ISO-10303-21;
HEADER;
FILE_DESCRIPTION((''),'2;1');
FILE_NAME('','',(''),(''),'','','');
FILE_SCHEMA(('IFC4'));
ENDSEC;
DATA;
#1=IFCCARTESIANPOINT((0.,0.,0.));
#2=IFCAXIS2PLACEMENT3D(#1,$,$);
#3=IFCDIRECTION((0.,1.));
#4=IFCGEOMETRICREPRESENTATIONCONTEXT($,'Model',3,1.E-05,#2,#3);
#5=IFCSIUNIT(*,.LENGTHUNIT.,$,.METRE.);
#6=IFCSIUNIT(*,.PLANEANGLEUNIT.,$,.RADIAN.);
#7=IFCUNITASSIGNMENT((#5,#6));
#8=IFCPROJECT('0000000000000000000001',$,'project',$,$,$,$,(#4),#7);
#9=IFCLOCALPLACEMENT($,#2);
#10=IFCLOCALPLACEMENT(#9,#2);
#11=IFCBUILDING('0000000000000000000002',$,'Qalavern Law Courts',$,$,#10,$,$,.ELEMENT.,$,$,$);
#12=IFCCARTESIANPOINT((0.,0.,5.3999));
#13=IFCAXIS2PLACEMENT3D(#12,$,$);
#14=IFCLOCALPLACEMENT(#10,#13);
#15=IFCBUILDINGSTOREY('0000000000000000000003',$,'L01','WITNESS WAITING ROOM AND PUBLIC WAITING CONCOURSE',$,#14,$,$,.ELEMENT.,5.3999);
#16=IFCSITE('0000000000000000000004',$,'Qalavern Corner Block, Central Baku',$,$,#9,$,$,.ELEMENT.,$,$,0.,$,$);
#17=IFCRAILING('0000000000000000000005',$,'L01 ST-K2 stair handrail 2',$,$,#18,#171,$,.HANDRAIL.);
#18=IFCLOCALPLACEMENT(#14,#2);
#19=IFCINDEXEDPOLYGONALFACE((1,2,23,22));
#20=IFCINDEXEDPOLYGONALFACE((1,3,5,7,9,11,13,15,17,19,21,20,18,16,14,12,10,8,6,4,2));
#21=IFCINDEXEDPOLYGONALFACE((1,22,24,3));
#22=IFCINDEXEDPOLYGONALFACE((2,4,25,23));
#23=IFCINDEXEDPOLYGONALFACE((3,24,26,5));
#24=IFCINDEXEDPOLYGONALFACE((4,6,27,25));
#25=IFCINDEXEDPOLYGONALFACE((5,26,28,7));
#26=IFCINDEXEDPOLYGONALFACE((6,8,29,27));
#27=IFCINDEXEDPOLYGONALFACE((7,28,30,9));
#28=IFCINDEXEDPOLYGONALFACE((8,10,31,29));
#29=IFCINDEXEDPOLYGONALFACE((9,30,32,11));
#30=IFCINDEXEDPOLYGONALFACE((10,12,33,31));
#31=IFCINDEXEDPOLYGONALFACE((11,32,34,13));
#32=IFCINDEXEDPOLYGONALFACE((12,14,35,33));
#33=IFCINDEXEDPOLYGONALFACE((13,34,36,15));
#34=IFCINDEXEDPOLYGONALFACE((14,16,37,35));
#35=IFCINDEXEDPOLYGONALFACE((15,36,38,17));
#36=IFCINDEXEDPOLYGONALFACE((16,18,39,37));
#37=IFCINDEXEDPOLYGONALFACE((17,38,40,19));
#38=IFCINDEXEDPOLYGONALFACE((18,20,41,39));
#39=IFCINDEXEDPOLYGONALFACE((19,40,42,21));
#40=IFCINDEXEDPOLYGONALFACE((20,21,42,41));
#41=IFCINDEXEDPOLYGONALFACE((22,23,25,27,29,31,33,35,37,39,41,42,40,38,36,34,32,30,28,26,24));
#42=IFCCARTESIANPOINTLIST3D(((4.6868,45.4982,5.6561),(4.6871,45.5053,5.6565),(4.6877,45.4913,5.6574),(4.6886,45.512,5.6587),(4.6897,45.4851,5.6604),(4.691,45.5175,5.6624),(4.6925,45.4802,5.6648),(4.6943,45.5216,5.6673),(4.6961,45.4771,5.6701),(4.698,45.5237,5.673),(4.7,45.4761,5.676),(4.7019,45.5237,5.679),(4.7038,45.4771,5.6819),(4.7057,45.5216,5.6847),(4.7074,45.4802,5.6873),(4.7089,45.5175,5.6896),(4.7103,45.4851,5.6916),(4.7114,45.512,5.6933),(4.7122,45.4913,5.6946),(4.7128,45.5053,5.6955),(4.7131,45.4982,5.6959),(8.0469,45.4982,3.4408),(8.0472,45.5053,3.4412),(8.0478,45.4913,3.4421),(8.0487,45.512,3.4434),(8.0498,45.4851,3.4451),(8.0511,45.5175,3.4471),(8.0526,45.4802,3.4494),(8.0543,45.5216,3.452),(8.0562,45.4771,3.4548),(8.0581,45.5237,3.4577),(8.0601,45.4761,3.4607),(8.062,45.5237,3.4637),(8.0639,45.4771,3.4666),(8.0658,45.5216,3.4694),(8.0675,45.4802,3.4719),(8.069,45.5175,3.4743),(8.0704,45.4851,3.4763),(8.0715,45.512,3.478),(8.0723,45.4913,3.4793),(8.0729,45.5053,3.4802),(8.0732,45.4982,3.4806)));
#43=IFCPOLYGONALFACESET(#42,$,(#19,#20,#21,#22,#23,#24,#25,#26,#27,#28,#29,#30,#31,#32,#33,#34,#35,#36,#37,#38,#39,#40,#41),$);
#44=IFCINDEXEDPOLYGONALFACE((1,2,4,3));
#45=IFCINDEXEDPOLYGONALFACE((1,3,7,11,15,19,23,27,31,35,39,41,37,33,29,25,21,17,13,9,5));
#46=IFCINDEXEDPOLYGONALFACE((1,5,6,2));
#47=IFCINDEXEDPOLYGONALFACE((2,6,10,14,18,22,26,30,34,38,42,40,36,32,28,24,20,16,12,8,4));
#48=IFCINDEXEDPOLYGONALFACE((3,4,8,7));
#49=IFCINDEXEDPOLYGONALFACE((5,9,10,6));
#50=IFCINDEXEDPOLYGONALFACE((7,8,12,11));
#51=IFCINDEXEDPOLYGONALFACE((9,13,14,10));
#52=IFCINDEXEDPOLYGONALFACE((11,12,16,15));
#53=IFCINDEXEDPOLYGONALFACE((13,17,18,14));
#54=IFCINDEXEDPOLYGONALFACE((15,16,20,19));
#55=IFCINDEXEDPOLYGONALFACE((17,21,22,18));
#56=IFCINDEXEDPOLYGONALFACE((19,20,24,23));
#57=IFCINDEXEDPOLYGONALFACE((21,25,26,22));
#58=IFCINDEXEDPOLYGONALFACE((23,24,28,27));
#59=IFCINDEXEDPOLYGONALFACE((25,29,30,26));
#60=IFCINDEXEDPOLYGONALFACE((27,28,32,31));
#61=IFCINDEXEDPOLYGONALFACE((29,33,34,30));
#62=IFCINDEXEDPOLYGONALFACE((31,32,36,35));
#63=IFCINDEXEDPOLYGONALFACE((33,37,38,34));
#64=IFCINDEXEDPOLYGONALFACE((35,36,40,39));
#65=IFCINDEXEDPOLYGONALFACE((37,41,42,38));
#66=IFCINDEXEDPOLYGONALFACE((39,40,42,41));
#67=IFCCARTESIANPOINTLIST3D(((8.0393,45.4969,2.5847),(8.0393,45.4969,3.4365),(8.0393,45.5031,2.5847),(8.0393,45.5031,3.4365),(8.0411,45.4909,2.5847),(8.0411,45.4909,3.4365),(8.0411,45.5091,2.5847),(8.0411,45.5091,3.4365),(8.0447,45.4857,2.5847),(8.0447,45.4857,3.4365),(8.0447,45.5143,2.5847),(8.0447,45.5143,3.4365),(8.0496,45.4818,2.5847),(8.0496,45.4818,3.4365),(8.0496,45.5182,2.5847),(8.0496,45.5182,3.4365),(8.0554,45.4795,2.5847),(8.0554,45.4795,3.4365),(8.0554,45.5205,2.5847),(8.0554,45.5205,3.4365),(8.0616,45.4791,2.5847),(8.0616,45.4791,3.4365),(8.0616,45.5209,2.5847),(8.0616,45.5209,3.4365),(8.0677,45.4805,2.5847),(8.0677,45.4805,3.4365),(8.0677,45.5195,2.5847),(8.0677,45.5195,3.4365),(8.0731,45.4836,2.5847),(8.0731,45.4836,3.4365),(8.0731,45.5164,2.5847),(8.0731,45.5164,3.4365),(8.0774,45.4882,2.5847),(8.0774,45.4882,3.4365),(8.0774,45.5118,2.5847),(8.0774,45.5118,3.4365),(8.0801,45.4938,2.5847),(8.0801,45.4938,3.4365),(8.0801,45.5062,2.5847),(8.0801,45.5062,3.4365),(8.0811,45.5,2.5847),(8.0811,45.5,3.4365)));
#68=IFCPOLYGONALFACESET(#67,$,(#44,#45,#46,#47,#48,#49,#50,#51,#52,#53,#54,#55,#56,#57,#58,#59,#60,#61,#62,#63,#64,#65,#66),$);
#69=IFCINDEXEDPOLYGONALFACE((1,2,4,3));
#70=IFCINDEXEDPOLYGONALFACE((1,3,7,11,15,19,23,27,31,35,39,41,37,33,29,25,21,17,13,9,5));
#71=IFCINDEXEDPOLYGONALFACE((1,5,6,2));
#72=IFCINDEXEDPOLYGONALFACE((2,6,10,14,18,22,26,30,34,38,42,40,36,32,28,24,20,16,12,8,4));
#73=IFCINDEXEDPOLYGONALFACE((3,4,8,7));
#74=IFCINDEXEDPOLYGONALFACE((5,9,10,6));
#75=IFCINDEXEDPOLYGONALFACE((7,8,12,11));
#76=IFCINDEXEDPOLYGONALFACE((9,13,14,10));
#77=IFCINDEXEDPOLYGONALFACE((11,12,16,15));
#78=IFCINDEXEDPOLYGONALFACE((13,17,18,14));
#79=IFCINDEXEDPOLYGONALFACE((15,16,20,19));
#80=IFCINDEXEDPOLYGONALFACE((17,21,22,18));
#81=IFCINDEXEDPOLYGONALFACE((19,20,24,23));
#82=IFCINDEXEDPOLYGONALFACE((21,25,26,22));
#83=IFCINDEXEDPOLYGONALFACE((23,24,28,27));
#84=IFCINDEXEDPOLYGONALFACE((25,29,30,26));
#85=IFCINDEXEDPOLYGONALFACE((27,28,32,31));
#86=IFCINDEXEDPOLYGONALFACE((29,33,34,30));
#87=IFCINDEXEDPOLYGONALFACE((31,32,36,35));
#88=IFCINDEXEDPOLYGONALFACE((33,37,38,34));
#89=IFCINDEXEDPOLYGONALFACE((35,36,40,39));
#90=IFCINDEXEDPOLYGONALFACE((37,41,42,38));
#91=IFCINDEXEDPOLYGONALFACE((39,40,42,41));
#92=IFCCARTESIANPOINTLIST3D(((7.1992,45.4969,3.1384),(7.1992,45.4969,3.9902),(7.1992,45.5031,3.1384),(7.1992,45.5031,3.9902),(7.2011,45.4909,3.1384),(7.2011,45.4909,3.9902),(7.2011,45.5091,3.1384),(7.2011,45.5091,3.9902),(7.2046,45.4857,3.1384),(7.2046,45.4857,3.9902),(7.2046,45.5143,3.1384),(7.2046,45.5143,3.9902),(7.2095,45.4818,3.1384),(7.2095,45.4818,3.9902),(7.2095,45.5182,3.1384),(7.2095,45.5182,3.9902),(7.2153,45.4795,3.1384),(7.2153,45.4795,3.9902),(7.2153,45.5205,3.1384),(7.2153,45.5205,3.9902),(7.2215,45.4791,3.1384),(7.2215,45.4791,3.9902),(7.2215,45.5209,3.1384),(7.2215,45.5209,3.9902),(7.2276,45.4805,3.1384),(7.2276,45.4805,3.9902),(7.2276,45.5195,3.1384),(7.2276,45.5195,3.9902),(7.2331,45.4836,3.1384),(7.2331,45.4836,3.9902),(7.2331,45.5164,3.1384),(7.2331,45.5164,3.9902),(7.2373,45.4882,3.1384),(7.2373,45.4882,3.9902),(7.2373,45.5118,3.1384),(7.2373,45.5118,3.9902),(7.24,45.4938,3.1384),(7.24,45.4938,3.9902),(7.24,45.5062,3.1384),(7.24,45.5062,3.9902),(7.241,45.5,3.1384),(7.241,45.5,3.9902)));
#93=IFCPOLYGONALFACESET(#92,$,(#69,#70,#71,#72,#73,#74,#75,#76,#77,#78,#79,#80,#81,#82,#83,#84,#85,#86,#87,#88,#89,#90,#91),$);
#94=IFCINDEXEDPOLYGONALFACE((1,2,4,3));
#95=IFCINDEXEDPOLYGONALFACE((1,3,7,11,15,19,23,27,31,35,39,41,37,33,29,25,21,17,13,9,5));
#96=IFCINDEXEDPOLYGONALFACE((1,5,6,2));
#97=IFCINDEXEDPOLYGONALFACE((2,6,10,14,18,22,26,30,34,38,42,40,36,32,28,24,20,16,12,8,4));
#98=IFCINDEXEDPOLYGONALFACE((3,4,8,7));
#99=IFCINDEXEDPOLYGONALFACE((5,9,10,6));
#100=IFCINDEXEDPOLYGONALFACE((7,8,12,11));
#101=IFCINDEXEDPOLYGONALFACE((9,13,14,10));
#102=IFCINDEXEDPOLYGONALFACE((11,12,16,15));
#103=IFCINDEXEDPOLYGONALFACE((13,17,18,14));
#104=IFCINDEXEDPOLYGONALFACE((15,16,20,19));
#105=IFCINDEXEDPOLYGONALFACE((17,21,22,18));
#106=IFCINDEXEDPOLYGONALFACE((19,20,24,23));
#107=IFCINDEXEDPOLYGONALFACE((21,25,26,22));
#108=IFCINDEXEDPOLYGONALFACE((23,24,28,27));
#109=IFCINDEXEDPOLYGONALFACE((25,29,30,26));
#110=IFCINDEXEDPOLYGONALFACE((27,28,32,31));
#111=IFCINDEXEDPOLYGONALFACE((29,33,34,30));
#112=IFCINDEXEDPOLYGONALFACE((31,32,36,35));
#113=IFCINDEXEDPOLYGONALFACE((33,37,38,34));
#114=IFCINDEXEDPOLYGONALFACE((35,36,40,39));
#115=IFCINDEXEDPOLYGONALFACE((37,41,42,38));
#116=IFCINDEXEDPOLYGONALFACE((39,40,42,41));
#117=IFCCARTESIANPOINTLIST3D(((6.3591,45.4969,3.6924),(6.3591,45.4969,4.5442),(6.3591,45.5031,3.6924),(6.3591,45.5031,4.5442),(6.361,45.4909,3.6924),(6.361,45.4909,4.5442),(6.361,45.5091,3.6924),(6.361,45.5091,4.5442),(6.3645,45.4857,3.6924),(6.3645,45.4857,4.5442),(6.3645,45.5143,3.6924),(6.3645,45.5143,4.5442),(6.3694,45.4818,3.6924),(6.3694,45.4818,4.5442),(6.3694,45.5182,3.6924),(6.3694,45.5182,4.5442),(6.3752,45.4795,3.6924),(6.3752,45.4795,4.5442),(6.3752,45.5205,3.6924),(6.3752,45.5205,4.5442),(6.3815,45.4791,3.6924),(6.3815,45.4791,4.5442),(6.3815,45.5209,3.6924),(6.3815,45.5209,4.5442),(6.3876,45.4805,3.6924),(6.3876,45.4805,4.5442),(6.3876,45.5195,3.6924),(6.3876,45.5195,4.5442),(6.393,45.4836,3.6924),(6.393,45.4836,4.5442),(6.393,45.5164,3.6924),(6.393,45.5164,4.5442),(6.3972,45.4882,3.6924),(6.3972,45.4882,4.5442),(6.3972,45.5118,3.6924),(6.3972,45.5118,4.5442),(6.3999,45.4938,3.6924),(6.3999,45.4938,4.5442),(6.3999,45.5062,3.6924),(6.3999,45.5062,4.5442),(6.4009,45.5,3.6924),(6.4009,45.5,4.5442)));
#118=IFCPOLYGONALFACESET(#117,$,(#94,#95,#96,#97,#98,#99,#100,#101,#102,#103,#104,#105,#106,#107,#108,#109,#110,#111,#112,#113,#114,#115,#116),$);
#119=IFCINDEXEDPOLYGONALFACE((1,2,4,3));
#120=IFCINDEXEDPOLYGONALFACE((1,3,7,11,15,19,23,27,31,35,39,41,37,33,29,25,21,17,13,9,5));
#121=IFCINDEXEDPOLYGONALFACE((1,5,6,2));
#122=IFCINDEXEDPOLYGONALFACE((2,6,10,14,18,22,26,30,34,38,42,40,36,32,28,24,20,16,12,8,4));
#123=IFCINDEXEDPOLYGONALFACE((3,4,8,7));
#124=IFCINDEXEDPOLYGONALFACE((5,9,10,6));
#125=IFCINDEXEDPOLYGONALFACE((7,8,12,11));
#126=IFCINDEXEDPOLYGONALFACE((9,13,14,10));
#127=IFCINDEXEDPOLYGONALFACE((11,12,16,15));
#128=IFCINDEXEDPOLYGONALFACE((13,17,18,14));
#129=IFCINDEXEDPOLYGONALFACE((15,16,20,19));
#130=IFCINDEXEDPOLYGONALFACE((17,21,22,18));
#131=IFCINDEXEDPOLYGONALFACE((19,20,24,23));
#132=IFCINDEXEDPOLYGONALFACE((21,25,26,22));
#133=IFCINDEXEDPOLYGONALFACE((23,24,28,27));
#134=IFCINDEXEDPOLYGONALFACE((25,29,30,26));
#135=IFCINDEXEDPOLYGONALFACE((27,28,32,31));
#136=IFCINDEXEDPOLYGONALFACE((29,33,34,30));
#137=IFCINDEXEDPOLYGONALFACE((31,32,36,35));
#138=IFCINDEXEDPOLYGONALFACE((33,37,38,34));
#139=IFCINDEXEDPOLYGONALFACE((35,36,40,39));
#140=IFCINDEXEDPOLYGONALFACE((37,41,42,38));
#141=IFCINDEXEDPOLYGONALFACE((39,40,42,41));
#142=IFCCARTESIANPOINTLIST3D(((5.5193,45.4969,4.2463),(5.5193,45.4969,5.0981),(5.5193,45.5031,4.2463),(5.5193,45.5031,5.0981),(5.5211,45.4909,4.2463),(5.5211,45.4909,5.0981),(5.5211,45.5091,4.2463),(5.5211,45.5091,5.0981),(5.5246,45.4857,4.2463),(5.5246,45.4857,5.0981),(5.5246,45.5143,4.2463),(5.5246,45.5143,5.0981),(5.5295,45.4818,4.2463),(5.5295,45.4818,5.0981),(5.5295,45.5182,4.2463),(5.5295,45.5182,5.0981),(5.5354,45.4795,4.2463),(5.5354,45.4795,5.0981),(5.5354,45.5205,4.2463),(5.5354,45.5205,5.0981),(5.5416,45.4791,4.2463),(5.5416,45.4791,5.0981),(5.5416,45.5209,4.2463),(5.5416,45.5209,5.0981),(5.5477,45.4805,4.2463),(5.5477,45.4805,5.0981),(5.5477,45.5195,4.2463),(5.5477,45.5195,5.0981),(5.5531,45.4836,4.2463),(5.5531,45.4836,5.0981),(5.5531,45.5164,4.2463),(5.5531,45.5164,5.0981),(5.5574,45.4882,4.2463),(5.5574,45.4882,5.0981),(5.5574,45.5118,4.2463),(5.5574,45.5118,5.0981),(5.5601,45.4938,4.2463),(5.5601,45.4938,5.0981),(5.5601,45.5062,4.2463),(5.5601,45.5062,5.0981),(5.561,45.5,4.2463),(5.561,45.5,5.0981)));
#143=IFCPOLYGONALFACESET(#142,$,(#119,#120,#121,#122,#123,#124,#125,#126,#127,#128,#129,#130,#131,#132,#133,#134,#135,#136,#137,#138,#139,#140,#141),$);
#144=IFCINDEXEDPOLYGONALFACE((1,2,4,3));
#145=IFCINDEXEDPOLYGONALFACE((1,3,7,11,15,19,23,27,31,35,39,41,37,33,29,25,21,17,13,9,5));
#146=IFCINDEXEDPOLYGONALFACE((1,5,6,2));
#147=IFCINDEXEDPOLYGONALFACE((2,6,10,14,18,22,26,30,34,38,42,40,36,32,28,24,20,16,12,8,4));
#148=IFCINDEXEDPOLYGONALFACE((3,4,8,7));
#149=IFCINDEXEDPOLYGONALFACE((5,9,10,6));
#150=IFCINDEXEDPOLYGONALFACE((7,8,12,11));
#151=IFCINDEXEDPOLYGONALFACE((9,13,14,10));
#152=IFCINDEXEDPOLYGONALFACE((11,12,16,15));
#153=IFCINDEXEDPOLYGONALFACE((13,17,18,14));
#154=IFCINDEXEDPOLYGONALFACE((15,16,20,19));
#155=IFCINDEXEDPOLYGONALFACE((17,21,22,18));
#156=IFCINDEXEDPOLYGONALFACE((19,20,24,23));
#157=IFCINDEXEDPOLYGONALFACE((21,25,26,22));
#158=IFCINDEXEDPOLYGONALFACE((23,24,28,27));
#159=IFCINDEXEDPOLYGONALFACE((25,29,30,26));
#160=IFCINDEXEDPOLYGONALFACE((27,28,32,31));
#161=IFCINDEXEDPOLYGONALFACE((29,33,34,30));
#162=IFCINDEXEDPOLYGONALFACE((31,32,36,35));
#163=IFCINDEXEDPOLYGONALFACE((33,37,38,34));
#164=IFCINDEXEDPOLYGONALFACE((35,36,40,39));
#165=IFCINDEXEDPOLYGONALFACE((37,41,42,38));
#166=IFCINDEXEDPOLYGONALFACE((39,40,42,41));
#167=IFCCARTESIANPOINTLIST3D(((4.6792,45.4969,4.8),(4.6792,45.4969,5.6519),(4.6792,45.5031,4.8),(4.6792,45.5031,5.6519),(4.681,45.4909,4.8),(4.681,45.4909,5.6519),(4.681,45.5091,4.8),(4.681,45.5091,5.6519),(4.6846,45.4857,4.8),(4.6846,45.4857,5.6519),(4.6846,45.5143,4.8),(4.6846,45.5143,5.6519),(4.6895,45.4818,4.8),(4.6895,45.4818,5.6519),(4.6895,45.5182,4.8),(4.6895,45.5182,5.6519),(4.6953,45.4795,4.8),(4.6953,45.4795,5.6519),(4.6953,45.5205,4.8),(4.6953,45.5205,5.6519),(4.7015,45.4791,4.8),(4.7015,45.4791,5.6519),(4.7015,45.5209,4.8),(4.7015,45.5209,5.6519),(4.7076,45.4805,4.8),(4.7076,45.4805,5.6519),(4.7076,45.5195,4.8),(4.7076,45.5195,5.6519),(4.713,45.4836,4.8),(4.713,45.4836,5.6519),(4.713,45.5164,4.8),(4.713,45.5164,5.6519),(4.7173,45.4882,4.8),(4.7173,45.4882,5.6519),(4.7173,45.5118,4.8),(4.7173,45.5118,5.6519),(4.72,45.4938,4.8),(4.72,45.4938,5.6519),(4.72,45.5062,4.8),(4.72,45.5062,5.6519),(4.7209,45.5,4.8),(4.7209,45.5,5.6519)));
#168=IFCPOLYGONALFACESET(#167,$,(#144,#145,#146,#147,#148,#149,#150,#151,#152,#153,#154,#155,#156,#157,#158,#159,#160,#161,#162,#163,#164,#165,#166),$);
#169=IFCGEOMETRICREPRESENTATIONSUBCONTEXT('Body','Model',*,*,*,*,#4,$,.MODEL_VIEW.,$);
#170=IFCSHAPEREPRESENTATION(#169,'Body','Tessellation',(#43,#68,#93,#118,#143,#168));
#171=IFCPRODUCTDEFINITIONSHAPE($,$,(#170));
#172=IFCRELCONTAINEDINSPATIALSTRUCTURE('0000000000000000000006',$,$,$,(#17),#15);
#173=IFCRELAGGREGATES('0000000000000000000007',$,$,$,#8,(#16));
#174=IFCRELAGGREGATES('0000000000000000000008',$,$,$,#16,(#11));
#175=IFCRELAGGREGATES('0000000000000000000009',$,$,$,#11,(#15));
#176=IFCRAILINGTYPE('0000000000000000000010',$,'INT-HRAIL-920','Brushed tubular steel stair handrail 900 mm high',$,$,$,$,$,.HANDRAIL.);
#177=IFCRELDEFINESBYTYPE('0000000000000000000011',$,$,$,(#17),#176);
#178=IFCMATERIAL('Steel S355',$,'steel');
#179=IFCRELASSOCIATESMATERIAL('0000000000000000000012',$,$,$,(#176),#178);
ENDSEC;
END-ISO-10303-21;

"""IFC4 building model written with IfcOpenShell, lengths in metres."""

from ifc_helpers import new_model, si_unit, direction, frame, origin, origin_2d, place, context, subcontext, project, spatial, circle, extrude, material, type_object, element, save


model = new_model("IFC4")

# Units and contexts
model_context = context("Model", 3, precision=1e-05, world=origin(), true_north=direction((0.0, 1.0)))
body_context = subcontext(model_context, "Body", "Model", "MODEL_VIEW")
ifc_project = project(units=[si_unit("LENGTHUNIT", "METRE"), si_unit("PLANEANGLEUNIT", "RADIAN")], contexts=[model_context])

# Site, building, storey
site_placement = place(None, origin())
site = spatial("IfcSite", under=ifc_project, at=site_placement, Name="Qalavern Corner Block, Central Baku", CompositionType="ELEMENT", RefElevation=0.0)
building_placement = place(site_placement, origin())
building = spatial("IfcBuilding", under=site, at=building_placement, Name="Qalavern Law Courts", CompositionType="ELEMENT")
storey_placement = place(building_placement, frame((0.0, 0.0, 5.3999)))
storey = spatial("IfcBuildingStorey", under=building, at=storey_placement, Name="L01", Description="WITNESS WAITING ROOM AND PUBLIC WAITING CONCOURSE", CompositionType="ELEMENT", Elevation=5.3999)

# Railing
ifc_material_1 = material(Name="Steel S355", Category="steel")
railing_type_1 = type_object("IfcRailingType", Name="INT-HRAIL-920", Description="Brushed tubular steel stair handrail 900 mm high", PredefinedType="HANDRAIL", material=ifc_material_1)
railing_1_placement = place(storey_placement, frame((8.0601, 45.5, 2.5847)))
element("IfcRailing", 1, at=railing_1_placement, inside=storey, type_object=railing_type_1, Name="L01 ST-K2 stair handrail 2", PredefinedType="HANDRAIL", context=body_context, shape_type="SweptSolid", body=[
    extrude(circle(Radius=0.0239, at=origin_2d()), frame((0.0, 0.0, 0.876), z_axis=(-0.834876, 0.0, 0.550437), x_axis=(0.0, -1.0, 0.0)), (0.0, 0.0, 1.0), 4.0247),
    extrude(circle(Radius=0.021, at=origin_2d()), origin(), (0.0, 0.0, 1.0), 0.8518),
    extrude(circle(Radius=0.021, at=origin_2d()), frame((-0.8401, 0.0, 0.5537)), (0.0, 0.0, 1.0), 0.8518),
    extrude(circle(Radius=0.021, at=origin_2d()), frame((-1.6802, 0.0, 1.1077)), (0.0, 0.0, 1.0), 0.8518),
    extrude(circle(Radius=0.021, at=origin_2d()), frame((-2.52, 0.0, 1.6616)), (0.0, 0.0, 1.0), 0.8518),
    extrude(circle(Radius=0.021, at=origin_2d()), frame((-3.3601, 0.0, 2.2153)), (0.0, 0.0, 1.0), 0.8518),
])

save(model, "model.ifc")
